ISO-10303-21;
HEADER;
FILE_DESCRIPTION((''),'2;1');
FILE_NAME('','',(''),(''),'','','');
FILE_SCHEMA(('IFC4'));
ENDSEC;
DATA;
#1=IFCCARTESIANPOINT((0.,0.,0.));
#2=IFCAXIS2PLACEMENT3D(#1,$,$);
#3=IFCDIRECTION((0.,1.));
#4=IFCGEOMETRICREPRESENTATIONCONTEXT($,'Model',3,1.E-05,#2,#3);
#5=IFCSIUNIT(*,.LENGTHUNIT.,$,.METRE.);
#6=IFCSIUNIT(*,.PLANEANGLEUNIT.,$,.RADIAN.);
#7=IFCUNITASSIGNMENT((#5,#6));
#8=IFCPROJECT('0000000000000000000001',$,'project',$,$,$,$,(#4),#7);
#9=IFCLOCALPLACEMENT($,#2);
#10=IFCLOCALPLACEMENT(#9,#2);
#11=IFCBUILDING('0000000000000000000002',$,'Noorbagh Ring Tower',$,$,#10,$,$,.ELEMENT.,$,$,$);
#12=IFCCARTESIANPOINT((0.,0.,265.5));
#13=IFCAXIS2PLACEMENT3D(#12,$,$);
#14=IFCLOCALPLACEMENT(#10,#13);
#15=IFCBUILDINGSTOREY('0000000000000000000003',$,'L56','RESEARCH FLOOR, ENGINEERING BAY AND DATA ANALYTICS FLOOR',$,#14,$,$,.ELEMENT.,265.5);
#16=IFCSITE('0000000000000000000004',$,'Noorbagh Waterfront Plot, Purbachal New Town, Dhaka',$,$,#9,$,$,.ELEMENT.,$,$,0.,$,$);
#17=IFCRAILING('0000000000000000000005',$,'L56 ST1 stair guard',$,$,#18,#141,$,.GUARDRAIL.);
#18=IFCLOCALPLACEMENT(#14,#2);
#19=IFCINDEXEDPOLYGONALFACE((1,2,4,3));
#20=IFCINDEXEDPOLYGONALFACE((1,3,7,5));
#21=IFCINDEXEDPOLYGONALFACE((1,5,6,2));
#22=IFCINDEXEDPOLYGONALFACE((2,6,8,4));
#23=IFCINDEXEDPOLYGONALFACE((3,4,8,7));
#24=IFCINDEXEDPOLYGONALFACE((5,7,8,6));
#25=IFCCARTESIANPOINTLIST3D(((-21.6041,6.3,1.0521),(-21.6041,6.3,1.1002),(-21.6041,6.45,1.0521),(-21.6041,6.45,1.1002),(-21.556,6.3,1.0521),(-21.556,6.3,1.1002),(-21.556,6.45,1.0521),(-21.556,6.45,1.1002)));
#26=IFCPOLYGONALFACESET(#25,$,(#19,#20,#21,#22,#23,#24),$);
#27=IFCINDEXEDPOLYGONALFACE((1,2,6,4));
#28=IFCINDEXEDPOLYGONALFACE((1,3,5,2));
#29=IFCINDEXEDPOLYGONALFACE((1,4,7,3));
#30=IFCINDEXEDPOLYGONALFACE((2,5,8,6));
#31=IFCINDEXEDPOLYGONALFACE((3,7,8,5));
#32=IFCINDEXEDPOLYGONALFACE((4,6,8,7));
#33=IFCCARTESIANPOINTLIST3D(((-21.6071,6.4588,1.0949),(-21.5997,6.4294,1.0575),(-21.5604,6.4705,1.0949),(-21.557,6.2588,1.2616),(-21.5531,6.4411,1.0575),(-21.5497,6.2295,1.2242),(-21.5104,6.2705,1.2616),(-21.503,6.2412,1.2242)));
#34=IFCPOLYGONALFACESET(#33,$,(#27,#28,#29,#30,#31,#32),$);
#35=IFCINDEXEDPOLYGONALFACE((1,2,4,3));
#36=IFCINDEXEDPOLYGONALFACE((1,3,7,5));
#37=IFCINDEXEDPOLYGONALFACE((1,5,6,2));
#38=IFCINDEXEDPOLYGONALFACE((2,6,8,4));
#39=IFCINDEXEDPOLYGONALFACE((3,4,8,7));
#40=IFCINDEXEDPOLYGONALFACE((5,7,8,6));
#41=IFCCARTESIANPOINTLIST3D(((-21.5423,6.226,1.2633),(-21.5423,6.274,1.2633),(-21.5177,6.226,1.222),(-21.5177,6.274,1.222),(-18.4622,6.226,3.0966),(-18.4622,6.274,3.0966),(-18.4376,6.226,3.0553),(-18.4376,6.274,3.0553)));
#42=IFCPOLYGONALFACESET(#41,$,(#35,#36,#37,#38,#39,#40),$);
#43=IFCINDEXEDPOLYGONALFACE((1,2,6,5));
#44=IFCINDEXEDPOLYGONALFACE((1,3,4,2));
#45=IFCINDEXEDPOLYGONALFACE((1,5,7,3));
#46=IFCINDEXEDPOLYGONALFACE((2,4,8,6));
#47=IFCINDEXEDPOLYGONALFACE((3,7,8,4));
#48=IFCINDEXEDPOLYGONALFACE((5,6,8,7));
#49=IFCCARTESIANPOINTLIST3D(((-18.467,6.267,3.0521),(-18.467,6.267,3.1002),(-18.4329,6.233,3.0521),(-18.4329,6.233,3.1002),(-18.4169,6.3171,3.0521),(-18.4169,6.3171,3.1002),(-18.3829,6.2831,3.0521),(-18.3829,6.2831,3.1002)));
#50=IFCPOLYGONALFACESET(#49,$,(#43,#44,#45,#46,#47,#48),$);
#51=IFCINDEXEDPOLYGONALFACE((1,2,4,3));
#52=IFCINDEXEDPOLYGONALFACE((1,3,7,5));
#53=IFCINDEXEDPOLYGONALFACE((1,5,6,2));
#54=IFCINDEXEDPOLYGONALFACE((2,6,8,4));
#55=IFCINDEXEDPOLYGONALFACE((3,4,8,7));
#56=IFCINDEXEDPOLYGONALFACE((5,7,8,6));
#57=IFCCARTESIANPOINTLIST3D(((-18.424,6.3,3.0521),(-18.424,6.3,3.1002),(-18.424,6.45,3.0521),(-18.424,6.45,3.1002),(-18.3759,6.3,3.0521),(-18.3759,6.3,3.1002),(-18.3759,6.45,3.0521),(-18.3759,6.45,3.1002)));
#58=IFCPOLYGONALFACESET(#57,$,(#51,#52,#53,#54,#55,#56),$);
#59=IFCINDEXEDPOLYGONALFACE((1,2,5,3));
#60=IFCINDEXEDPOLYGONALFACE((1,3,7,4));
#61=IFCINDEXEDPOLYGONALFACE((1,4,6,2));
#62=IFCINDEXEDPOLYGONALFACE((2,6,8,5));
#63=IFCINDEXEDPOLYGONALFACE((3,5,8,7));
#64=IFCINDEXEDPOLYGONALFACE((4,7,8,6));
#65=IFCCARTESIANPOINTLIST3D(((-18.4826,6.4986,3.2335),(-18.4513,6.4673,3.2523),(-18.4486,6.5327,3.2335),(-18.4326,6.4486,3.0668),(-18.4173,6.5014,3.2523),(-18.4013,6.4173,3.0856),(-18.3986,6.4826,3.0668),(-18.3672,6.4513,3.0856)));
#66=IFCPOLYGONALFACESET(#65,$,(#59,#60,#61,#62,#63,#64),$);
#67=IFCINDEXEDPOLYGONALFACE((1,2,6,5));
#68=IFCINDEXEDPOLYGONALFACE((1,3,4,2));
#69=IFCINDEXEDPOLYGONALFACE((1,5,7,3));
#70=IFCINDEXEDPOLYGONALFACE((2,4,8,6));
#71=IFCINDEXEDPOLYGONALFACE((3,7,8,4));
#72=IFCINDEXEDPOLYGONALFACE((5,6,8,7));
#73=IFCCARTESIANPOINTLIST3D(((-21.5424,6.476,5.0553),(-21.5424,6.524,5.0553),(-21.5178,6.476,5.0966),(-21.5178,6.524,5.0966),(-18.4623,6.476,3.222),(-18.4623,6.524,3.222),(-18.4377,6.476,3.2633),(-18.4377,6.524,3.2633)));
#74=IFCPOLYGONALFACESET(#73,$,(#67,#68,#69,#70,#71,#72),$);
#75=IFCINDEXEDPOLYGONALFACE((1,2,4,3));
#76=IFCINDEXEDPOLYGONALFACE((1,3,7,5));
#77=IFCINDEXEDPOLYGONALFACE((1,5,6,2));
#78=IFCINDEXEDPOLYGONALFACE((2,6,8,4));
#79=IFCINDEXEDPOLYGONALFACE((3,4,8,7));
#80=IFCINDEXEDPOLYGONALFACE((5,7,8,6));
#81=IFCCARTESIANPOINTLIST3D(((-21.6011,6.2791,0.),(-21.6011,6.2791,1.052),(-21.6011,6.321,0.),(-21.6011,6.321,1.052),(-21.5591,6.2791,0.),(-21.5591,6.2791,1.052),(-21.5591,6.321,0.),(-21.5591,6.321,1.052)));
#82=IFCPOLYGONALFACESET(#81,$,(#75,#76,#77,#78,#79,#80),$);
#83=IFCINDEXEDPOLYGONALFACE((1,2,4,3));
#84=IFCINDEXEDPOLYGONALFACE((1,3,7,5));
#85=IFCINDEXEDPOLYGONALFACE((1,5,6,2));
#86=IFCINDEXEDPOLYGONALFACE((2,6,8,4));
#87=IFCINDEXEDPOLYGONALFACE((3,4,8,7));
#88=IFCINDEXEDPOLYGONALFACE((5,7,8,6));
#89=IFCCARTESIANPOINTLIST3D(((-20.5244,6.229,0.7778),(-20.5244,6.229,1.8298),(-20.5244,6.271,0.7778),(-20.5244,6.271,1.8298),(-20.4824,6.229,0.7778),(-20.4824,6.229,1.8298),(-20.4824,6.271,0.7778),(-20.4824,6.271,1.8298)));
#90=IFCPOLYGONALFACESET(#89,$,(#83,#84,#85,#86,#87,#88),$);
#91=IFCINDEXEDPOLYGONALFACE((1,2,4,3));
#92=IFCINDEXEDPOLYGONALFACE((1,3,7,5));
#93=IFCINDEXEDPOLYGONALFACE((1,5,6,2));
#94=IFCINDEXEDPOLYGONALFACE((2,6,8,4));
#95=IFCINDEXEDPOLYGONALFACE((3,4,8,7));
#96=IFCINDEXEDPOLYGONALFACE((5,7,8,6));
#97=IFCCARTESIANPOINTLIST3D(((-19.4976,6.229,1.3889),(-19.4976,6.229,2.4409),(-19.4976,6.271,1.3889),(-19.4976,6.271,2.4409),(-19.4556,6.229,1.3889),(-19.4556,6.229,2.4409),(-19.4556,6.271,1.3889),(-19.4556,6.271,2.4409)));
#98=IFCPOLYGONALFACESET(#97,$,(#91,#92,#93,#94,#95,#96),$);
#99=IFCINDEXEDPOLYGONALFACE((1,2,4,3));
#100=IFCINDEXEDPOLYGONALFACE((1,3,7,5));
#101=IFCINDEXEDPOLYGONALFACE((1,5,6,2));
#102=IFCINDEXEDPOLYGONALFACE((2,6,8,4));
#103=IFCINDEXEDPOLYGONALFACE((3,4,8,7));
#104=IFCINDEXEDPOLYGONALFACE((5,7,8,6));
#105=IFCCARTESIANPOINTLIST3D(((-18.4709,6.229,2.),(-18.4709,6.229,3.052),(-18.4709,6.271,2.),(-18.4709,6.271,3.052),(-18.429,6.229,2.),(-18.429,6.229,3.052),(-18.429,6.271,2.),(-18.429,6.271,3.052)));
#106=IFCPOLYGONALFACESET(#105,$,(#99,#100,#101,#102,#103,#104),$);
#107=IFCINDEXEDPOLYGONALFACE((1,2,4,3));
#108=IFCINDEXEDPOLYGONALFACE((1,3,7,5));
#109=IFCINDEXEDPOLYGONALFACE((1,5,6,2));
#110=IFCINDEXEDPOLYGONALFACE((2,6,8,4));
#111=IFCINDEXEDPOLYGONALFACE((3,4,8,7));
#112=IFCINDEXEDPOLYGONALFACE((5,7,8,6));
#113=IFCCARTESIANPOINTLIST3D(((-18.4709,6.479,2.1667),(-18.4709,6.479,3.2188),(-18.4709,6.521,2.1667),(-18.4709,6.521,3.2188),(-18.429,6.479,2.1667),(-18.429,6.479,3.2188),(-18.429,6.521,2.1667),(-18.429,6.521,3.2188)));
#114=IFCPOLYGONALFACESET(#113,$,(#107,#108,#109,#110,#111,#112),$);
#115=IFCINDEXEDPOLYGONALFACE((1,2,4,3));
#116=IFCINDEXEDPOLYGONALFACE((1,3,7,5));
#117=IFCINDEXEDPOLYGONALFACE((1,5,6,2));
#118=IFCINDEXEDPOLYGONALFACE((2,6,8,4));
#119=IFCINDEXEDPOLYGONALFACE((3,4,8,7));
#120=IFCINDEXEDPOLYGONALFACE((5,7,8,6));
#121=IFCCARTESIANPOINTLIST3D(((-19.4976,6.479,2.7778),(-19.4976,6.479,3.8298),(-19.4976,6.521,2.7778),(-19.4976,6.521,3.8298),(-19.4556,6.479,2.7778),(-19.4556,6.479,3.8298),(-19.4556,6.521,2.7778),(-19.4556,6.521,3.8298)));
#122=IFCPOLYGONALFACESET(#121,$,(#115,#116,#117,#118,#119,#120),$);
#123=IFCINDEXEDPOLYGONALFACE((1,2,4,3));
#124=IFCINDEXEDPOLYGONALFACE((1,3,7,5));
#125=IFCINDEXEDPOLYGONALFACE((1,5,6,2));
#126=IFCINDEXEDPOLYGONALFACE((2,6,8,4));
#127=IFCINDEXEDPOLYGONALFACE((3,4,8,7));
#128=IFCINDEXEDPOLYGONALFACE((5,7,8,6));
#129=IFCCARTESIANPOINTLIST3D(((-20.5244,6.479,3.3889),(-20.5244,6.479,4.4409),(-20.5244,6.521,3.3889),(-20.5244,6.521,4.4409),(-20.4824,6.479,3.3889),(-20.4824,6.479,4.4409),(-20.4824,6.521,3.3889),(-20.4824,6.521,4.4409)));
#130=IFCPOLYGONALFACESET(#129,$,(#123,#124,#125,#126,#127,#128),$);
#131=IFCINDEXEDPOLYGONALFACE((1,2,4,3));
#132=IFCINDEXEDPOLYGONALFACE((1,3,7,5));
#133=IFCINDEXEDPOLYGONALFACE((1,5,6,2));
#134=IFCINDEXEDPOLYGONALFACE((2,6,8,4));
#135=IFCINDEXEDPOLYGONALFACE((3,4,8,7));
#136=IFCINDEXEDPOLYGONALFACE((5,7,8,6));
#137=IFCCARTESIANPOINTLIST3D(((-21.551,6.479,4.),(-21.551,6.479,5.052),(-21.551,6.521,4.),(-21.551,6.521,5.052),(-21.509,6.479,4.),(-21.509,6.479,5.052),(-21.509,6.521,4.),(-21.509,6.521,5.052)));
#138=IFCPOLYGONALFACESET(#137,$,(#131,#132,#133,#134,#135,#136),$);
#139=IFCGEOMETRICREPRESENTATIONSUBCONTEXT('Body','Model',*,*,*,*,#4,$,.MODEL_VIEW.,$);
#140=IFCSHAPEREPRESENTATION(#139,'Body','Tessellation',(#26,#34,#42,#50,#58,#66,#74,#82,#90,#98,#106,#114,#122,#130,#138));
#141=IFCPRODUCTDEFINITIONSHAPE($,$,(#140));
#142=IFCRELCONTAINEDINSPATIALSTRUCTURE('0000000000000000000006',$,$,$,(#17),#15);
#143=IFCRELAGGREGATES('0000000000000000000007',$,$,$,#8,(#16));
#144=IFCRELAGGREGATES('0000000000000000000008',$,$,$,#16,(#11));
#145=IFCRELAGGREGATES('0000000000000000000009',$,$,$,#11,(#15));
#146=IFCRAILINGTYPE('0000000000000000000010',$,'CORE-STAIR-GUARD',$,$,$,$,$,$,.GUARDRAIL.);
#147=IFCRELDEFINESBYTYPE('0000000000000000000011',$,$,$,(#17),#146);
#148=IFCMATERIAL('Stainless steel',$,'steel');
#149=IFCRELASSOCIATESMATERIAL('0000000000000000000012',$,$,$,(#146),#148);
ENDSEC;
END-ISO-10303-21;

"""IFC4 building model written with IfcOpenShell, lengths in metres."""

from ifc_helpers import new_model, si_unit, direction, frame, origin, origin_2d, place, context, subcontext, project, spatial, rectangle, extrude, material, type_object, element, save


model = new_model("IFC4")

# Units and contexts
model_context = context("Model", 3, precision=1e-05, world=origin(), true_north=direction((0.0, 1.0)))
body_context = subcontext(model_context, "Body", "Model", "MODEL_VIEW")
ifc_project = project(units=[si_unit("LENGTHUNIT", "METRE"), si_unit("PLANEANGLEUNIT", "RADIAN")], contexts=[model_context])

# Site, building, storey
site_placement = place(None, origin())
site = spatial("IfcSite", under=ifc_project, at=site_placement, Name="Noorbagh Waterfront Plot, Purbachal New Town, Dhaka", CompositionType="ELEMENT", RefElevation=0.0)
building_placement = place(site_placement, origin())
building = spatial("IfcBuilding", under=site, at=building_placement, Name="Noorbagh Ring Tower", CompositionType="ELEMENT")
storey_placement = place(building_placement, frame((0.0, 0.0, 265.5)))
storey = spatial("IfcBuildingStorey", under=building, at=storey_placement, Name="L56", Description="RESEARCH FLOOR, ENGINEERING BAY AND DATA ANALYTICS FLOOR", CompositionType="ELEMENT", Elevation=265.5)

# Railing
ifc_material_1 = material(Name="Stainless steel", Category="steel")
railing_type_1 = type_object("IfcRailingType", Name="CORE-STAIR-GUARD", PredefinedType="GUARDRAIL", material=ifc_material_1)
railing_1_placement = place(storey_placement, frame((-21.5801, 6.3, 0.0)))
element("IfcRailing", 1, at=railing_1_placement, inside=storey, type_object=railing_type_1, Name="L56 ST1 stair guard", PredefinedType="GUARDRAIL", context=body_context, shape_type="SweptSolid", body=[
    extrude(rectangle(XDim=0.0481, YDim=0.0481, at=origin_2d()), frame((0.0, 0.0, 1.0762), z_axis=(0.0, 1.0, 0.0), x_axis=(-1.0, 0.0, 0.0)), (0.0, 0.0, 1.0), 0.1499),
    extrude(rectangle(XDim=0.0481, YDim=0.0481, at=origin_2d()), frame((0.0, 0.1499, 1.0762), z_axis=(0.188776, -0.754182, 0.628946), x_axis=(0.970073, 0.242814, 0.0)), (0.0, 0.0, 1.0), 0.2651),
    extrude(rectangle(XDim=0.0481, YDim=0.0481, at=origin_2d()), frame((0.05, -0.05, 1.2427), z_axis=(0.859309, 0.0, 0.511458), x_axis=(0.0, 1.0, 0.0)), (0.0, 0.0, 1.0), 3.5845),
    extrude(rectangle(XDim=0.0481, YDim=0.0481, at=origin_2d()), frame((3.1301, -0.05, 3.0762), z_axis=(0.707107, 0.707107, 0.0), x_axis=(-0.707107, 0.707107, 0.0)), (0.0, 0.0, 1.0), 0.0708),
    extrude(rectangle(XDim=0.0481, YDim=0.0481, at=origin_2d()), frame((3.1802, 0.0, 3.0762), z_axis=(0.0, 1.0, 0.0), x_axis=(-1.0, 0.0, 0.0)), (0.0, 0.0, 1.0), 0.1499),
    extrude(rectangle(XDim=0.0481, YDim=0.0481, at=origin_2d()), frame((3.1802, 0.1499, 3.0762), z_axis=(-0.276287, 0.276287, 0.920506), x_axis=(-0.707107, -0.707107, 0.0)), (0.0, 0.0, 1.0), 0.1812),
    extrude(rectangle(XDim=0.0481, YDim=0.0481, at=origin_2d()), frame((3.1301, 0.2, 3.2427), z_axis=(-0.859309, 0.0, 0.511458), x_axis=(0.0, -1.0, 0.0)), (0.0, 0.0, 1.0), 3.5845),
    extrude(rectangle(XDim=0.042, YDim=0.042, at=origin_2d()), origin(), (0.0, 0.0, 1.0), 1.052),
    extrude(rectangle(XDim=0.042, YDim=0.042, at=origin_2d()), frame((1.0767, -0.05, 0.7778)), (0.0, 0.0, 1.0), 1.052),
    extrude(rectangle(XDim=0.042, YDim=0.042, at=origin_2d()), frame((2.1035, -0.05, 1.3889)), (0.0, 0.0, 1.0), 1.052),
    extrude(rectangle(XDim=0.042, YDim=0.042, at=origin_2d()), frame((3.1301, -0.05, 2.0)), (0.0, 0.0, 1.0), 1.052),
    extrude(rectangle(XDim=0.042, YDim=0.042, at=origin_2d()), frame((3.1301, 0.2, 2.1667)), (0.0, 0.0, 1.0), 1.052),
    extrude(rectangle(XDim=0.042, YDim=0.042, at=origin_2d()), frame((2.1035, 0.2, 2.7778)), (0.0, 0.0, 1.0), 1.052),
    extrude(rectangle(XDim=0.042, YDim=0.042, at=origin_2d()), frame((1.0767, 0.2, 3.3889)), (0.0, 0.0, 1.0), 1.052),
    extrude(rectangle(XDim=0.042, YDim=0.042, at=origin_2d()), frame((0.05, 0.2, 4.0)), (0.0, 0.0, 1.0), 1.052),
])

save(model, "model.ifc")
